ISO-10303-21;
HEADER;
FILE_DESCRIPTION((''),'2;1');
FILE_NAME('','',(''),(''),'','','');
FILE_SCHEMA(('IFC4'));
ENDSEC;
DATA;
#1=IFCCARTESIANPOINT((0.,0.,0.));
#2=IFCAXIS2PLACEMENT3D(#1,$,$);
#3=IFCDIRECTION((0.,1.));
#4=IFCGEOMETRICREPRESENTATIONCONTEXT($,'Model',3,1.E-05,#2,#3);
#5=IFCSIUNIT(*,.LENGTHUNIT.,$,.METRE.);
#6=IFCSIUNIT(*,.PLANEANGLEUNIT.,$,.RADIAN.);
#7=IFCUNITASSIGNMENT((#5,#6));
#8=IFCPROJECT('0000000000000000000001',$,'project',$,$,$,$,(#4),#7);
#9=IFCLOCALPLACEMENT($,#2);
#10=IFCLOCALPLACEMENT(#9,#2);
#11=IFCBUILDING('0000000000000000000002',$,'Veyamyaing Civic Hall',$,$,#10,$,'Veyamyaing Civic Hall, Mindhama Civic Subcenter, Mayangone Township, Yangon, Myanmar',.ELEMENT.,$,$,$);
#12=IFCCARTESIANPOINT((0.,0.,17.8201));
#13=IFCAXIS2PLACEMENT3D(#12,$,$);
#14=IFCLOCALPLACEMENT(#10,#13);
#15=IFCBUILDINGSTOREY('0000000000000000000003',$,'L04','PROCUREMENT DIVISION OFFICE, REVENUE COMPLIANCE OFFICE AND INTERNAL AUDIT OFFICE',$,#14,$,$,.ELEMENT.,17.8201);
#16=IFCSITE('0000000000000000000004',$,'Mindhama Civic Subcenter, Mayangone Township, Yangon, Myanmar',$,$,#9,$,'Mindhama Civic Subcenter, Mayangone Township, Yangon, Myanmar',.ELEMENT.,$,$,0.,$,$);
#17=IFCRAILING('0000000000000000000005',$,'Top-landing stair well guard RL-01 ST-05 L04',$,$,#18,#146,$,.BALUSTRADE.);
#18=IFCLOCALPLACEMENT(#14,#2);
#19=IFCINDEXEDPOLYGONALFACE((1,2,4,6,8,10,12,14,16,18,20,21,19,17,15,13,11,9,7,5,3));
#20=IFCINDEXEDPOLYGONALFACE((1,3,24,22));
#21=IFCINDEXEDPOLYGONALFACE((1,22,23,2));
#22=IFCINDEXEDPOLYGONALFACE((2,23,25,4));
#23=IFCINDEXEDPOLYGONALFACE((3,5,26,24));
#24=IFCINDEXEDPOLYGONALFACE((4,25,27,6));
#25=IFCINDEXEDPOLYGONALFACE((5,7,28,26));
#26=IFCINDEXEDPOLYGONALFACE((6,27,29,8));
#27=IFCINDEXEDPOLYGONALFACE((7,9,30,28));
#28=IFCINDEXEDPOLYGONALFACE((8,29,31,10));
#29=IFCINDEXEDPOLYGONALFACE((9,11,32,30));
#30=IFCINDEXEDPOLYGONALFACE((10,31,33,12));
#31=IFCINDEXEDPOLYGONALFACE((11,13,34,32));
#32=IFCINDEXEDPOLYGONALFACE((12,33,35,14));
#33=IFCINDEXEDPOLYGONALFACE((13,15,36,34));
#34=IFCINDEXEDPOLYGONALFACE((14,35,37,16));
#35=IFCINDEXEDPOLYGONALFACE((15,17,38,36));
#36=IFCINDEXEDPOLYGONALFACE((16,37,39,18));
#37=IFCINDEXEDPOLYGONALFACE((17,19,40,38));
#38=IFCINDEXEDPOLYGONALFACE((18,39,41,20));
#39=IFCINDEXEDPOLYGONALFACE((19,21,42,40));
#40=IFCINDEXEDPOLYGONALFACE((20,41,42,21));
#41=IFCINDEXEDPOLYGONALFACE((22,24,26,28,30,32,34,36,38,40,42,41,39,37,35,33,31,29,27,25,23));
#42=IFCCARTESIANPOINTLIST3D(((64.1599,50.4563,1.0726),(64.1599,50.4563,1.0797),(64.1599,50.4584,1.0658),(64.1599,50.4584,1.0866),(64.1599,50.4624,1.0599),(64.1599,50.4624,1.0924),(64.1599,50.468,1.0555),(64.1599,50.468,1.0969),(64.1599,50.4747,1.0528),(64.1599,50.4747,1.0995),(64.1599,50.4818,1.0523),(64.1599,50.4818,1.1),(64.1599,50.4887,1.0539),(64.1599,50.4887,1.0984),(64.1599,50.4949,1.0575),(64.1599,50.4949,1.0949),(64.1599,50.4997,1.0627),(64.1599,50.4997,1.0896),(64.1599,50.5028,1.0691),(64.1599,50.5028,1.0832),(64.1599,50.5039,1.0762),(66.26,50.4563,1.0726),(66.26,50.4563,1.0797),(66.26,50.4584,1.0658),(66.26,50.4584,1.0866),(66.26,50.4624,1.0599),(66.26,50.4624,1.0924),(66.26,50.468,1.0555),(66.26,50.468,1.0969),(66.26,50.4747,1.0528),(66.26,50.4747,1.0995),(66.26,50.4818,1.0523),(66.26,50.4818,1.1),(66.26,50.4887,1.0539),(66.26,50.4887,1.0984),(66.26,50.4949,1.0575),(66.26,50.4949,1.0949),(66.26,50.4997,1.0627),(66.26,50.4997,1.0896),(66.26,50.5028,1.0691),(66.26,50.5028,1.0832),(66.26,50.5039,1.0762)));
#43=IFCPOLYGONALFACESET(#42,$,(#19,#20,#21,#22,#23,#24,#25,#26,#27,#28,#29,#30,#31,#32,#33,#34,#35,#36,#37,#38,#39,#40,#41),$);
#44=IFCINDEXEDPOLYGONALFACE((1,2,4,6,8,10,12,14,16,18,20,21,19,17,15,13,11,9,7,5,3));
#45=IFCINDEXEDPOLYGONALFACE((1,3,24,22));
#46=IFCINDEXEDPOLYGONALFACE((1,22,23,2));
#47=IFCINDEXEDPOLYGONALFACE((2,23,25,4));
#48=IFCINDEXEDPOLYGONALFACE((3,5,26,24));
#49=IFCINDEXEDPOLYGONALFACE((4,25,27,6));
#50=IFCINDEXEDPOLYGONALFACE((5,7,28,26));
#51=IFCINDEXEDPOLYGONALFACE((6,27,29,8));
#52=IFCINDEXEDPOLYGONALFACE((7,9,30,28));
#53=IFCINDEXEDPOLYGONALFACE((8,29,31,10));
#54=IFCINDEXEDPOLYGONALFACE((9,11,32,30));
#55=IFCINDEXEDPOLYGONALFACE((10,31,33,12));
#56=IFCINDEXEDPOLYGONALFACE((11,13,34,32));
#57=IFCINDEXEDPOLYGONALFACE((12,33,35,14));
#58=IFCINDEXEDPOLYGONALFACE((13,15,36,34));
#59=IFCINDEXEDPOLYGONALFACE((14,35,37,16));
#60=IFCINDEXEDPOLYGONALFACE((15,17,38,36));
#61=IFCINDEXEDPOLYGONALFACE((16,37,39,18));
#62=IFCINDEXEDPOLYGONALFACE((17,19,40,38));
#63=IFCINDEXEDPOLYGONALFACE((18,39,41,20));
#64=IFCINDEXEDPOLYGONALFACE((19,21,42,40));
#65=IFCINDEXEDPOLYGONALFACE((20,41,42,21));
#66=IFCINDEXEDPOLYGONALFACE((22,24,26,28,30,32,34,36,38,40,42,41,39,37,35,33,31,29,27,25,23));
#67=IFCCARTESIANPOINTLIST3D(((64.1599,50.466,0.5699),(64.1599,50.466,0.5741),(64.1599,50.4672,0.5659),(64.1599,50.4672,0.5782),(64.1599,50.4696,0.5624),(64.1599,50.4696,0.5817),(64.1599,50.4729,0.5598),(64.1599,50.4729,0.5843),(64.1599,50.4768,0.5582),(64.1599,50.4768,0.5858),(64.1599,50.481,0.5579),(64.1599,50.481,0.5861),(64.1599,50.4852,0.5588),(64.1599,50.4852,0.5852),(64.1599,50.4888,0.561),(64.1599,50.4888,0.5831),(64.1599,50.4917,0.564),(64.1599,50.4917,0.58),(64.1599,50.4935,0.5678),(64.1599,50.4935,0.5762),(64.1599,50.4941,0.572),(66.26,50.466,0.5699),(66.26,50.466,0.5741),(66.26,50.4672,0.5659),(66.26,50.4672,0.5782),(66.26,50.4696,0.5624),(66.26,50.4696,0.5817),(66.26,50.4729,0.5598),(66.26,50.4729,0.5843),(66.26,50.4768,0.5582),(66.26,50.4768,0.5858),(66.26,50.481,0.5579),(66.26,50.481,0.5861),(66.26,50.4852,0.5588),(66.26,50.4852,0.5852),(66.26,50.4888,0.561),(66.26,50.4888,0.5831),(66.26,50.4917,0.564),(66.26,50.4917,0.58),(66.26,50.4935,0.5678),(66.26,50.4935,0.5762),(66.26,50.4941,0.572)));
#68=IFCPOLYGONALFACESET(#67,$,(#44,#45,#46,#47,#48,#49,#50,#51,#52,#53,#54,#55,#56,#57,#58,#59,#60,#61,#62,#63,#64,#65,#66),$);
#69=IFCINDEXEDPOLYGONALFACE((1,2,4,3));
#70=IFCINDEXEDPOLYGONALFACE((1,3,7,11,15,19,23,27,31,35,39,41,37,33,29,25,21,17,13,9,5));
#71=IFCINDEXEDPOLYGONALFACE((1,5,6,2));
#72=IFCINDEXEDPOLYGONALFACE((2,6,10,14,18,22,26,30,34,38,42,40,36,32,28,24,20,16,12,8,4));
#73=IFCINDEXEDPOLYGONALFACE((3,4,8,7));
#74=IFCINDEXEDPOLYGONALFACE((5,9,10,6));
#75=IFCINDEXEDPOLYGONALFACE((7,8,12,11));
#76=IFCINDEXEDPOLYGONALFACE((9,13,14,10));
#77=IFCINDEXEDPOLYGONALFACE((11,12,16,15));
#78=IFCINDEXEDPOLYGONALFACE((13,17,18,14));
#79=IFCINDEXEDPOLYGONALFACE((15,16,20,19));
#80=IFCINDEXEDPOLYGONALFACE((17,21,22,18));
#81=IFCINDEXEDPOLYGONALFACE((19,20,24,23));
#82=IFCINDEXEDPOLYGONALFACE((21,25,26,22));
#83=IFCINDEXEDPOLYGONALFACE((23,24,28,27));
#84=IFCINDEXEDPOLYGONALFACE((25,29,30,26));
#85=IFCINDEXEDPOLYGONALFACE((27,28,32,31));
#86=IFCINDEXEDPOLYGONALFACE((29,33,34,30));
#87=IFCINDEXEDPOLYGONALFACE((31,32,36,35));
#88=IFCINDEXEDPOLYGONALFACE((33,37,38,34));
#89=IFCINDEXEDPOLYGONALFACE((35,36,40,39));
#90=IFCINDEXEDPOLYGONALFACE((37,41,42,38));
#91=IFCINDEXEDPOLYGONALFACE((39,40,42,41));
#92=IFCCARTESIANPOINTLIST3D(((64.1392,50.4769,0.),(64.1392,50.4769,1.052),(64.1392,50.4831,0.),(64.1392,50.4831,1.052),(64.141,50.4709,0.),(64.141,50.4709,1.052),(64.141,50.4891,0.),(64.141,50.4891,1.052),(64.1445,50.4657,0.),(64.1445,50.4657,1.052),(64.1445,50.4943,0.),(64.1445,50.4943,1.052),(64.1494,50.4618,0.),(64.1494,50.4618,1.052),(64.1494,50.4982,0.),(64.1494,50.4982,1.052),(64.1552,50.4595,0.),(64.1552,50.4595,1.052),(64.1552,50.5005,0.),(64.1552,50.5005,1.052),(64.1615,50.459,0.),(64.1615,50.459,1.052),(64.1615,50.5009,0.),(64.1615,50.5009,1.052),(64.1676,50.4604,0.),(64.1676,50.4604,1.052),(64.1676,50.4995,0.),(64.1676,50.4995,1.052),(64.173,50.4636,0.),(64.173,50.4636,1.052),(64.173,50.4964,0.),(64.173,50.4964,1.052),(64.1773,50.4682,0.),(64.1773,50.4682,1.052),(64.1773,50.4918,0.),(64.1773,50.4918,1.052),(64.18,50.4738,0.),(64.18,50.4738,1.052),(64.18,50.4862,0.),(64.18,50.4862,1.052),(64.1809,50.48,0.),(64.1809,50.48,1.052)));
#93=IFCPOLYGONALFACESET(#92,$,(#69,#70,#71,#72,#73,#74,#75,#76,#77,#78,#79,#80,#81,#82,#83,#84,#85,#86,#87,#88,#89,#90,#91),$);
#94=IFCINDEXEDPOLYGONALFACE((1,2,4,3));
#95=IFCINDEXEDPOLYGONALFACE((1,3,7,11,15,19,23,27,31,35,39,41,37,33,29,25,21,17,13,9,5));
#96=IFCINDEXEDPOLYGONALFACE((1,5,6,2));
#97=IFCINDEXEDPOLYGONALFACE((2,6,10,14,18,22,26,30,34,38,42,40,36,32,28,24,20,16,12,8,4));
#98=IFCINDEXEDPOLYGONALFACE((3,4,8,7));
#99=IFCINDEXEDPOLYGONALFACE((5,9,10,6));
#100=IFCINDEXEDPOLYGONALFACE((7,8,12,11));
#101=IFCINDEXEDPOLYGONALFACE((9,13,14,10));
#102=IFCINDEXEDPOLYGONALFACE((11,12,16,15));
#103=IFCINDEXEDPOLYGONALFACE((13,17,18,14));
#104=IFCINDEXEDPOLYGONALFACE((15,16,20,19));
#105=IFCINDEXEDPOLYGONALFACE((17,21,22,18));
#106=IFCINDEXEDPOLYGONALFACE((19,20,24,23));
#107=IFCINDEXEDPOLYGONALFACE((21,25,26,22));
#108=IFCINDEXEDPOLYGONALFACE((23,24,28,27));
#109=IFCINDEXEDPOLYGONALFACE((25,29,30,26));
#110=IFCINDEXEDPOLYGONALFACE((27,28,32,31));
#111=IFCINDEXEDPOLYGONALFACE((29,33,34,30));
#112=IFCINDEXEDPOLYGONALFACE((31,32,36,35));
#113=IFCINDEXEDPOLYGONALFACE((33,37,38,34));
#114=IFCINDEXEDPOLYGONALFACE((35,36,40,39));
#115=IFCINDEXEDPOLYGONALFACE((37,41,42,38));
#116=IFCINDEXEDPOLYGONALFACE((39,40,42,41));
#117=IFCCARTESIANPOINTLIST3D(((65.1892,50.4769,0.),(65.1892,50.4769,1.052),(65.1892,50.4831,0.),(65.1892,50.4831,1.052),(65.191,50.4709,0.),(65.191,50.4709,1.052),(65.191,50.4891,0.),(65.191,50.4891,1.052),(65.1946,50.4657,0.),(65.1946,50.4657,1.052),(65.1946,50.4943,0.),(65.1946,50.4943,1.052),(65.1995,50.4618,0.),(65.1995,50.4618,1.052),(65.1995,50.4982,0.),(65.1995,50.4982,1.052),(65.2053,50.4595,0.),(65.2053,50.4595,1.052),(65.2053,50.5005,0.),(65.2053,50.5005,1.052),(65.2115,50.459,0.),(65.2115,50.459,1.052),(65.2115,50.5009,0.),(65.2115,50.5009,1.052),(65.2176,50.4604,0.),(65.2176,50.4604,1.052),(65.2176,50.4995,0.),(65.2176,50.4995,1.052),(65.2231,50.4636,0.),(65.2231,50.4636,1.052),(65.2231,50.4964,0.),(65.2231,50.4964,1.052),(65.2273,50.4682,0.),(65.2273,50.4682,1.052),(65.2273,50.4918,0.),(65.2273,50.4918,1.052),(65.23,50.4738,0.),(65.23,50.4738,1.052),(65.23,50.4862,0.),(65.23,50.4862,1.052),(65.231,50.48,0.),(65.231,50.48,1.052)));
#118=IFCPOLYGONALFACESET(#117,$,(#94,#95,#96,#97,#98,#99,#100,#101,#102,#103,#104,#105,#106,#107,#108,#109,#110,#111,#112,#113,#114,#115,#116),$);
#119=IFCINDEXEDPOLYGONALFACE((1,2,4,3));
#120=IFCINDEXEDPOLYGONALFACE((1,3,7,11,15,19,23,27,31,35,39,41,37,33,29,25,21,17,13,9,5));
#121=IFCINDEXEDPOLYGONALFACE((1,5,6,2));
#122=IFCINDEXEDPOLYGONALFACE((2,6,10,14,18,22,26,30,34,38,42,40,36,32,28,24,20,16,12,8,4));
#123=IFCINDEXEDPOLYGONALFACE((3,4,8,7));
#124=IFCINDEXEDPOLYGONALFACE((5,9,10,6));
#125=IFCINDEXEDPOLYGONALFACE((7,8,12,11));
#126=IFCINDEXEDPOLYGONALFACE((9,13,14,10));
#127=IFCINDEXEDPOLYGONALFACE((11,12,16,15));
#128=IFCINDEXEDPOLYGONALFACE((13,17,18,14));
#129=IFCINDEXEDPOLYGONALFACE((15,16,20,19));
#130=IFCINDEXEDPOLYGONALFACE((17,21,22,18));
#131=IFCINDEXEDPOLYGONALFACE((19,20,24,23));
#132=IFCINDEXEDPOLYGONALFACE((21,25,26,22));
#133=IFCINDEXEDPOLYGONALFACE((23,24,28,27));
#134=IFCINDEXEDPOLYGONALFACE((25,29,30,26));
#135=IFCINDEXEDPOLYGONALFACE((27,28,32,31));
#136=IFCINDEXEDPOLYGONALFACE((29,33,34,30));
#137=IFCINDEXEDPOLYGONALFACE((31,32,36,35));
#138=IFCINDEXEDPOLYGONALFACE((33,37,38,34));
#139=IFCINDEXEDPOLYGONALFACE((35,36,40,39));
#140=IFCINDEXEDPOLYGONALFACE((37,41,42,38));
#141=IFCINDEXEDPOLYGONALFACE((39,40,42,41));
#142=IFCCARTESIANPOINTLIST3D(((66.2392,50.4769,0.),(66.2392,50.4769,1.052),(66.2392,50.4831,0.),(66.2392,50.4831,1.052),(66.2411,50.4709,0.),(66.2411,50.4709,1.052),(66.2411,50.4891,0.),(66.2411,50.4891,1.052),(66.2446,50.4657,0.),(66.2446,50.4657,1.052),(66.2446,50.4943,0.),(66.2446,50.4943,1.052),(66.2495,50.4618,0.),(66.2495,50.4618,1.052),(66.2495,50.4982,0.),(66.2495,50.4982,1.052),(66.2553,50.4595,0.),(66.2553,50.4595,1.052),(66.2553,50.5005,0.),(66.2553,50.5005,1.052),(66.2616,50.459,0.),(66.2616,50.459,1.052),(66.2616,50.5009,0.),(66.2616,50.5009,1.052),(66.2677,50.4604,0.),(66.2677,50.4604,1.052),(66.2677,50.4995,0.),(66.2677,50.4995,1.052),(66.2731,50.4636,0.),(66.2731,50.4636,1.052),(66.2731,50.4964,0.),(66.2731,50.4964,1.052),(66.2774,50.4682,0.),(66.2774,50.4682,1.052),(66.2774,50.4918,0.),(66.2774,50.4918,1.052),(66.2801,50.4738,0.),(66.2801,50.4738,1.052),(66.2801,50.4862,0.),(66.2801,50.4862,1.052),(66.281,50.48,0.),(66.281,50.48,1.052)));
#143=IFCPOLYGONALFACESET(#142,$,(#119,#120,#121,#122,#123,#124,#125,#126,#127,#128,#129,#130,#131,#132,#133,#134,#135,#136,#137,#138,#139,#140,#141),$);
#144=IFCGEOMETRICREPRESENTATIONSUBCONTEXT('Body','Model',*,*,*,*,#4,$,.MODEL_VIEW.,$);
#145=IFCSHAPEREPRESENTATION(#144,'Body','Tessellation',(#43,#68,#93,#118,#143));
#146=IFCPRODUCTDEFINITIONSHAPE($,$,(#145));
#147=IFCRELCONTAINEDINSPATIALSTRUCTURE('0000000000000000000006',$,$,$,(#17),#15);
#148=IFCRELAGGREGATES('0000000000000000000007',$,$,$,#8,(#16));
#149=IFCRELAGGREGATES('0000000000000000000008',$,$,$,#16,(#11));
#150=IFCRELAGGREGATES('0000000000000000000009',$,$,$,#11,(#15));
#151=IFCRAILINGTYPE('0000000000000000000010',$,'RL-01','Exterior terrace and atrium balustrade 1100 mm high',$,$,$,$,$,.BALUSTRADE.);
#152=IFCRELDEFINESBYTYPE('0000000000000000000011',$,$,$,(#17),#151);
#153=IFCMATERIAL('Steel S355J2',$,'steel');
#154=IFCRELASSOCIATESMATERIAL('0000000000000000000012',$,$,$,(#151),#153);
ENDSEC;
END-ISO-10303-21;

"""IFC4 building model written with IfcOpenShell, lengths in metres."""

from ifc_helpers import new_model, si_unit, direction, frame, origin, origin_2d, place, context, subcontext, project, spatial, circle, extrude, material, type_object, element, save


model = new_model("IFC4")

# Units and contexts
model_context = context("Model", 3, precision=1e-05, world=origin(), true_north=direction((0.0, 1.0)))
body_context = subcontext(model_context, "Body", "Model", "MODEL_VIEW")
ifc_project = project(units=[si_unit("LENGTHUNIT", "METRE"), si_unit("PLANEANGLEUNIT", "RADIAN")], contexts=[model_context])

# Site, building, storey
site_placement = place(None, origin())
site = spatial("IfcSite", under=ifc_project, at=site_placement, Name="Mindhama Civic Subcenter, Mayangone Township, Yangon, Myanmar", LongName="Mindhama Civic Subcenter, Mayangone Township, Yangon, Myanmar", CompositionType="ELEMENT", RefElevation=0.0)
building_placement = place(site_placement, origin())
building = spatial("IfcBuilding", under=site, at=building_placement, Name="Veyamyaing Civic Hall", LongName="Veyamyaing Civic Hall, Mindhama Civic Subcenter, Mayangone Township, Yangon, Myanmar", CompositionType="ELEMENT")
storey_placement = place(building_placement, frame((0.0, 0.0, 17.8201)))
storey = spatial("IfcBuildingStorey", under=building, at=storey_placement, Name="L04", Description="PROCUREMENT DIVISION OFFICE, REVENUE COMPLIANCE OFFICE AND INTERNAL AUDIT OFFICE", CompositionType="ELEMENT", Elevation=17.8201)

# Railing
ifc_material_1 = material(Name="Steel S355J2", Category="steel")
railing_type = type_object("IfcRailingType", Name="RL-01", Description="Exterior terrace and atrium balustrade 1100 mm high", PredefinedType="BALUSTRADE", material=ifc_material_1)
railing_placement = place(storey_placement, frame((64.1599, 50.48, 0.0)))
element("IfcRailing", 1, at=railing_placement, inside=storey, type_object=railing_type, Name="Top-landing stair well guard RL-01 ST-05 L04", PredefinedType="BALUSTRADE", context=body_context, shape_type="SweptSolid", body=[
    extrude(circle(Radius=0.0239, at=origin_2d()), frame((0.0, 0.0, 1.0762), z_axis=(1.0, 0.0, 0.0), x_axis=(0.0, 1.0, 0.0)), (0.0, 0.0, 1.0), 2.1001),
    extrude(circle(Radius=0.0142, at=origin_2d()), frame((0.0, 0.0, 0.572), z_axis=(1.0, 0.0, 0.0), x_axis=(0.0, 1.0, 0.0)), (0.0, 0.0, 1.0), 2.1001),
    extrude(circle(Radius=0.021, at=origin_2d()), origin(), (0.0, 0.0, 1.0), 1.052),
    extrude(circle(Radius=0.021, at=origin_2d()), frame((1.05, 0.0, 0.0)), (0.0, 0.0, 1.0), 1.052),
    extrude(circle(Radius=0.021, at=origin_2d()), frame((2.1001, 0.0, 0.0)), (0.0, 0.0, 1.0), 1.052),
])

save(model, "model.ifc")
